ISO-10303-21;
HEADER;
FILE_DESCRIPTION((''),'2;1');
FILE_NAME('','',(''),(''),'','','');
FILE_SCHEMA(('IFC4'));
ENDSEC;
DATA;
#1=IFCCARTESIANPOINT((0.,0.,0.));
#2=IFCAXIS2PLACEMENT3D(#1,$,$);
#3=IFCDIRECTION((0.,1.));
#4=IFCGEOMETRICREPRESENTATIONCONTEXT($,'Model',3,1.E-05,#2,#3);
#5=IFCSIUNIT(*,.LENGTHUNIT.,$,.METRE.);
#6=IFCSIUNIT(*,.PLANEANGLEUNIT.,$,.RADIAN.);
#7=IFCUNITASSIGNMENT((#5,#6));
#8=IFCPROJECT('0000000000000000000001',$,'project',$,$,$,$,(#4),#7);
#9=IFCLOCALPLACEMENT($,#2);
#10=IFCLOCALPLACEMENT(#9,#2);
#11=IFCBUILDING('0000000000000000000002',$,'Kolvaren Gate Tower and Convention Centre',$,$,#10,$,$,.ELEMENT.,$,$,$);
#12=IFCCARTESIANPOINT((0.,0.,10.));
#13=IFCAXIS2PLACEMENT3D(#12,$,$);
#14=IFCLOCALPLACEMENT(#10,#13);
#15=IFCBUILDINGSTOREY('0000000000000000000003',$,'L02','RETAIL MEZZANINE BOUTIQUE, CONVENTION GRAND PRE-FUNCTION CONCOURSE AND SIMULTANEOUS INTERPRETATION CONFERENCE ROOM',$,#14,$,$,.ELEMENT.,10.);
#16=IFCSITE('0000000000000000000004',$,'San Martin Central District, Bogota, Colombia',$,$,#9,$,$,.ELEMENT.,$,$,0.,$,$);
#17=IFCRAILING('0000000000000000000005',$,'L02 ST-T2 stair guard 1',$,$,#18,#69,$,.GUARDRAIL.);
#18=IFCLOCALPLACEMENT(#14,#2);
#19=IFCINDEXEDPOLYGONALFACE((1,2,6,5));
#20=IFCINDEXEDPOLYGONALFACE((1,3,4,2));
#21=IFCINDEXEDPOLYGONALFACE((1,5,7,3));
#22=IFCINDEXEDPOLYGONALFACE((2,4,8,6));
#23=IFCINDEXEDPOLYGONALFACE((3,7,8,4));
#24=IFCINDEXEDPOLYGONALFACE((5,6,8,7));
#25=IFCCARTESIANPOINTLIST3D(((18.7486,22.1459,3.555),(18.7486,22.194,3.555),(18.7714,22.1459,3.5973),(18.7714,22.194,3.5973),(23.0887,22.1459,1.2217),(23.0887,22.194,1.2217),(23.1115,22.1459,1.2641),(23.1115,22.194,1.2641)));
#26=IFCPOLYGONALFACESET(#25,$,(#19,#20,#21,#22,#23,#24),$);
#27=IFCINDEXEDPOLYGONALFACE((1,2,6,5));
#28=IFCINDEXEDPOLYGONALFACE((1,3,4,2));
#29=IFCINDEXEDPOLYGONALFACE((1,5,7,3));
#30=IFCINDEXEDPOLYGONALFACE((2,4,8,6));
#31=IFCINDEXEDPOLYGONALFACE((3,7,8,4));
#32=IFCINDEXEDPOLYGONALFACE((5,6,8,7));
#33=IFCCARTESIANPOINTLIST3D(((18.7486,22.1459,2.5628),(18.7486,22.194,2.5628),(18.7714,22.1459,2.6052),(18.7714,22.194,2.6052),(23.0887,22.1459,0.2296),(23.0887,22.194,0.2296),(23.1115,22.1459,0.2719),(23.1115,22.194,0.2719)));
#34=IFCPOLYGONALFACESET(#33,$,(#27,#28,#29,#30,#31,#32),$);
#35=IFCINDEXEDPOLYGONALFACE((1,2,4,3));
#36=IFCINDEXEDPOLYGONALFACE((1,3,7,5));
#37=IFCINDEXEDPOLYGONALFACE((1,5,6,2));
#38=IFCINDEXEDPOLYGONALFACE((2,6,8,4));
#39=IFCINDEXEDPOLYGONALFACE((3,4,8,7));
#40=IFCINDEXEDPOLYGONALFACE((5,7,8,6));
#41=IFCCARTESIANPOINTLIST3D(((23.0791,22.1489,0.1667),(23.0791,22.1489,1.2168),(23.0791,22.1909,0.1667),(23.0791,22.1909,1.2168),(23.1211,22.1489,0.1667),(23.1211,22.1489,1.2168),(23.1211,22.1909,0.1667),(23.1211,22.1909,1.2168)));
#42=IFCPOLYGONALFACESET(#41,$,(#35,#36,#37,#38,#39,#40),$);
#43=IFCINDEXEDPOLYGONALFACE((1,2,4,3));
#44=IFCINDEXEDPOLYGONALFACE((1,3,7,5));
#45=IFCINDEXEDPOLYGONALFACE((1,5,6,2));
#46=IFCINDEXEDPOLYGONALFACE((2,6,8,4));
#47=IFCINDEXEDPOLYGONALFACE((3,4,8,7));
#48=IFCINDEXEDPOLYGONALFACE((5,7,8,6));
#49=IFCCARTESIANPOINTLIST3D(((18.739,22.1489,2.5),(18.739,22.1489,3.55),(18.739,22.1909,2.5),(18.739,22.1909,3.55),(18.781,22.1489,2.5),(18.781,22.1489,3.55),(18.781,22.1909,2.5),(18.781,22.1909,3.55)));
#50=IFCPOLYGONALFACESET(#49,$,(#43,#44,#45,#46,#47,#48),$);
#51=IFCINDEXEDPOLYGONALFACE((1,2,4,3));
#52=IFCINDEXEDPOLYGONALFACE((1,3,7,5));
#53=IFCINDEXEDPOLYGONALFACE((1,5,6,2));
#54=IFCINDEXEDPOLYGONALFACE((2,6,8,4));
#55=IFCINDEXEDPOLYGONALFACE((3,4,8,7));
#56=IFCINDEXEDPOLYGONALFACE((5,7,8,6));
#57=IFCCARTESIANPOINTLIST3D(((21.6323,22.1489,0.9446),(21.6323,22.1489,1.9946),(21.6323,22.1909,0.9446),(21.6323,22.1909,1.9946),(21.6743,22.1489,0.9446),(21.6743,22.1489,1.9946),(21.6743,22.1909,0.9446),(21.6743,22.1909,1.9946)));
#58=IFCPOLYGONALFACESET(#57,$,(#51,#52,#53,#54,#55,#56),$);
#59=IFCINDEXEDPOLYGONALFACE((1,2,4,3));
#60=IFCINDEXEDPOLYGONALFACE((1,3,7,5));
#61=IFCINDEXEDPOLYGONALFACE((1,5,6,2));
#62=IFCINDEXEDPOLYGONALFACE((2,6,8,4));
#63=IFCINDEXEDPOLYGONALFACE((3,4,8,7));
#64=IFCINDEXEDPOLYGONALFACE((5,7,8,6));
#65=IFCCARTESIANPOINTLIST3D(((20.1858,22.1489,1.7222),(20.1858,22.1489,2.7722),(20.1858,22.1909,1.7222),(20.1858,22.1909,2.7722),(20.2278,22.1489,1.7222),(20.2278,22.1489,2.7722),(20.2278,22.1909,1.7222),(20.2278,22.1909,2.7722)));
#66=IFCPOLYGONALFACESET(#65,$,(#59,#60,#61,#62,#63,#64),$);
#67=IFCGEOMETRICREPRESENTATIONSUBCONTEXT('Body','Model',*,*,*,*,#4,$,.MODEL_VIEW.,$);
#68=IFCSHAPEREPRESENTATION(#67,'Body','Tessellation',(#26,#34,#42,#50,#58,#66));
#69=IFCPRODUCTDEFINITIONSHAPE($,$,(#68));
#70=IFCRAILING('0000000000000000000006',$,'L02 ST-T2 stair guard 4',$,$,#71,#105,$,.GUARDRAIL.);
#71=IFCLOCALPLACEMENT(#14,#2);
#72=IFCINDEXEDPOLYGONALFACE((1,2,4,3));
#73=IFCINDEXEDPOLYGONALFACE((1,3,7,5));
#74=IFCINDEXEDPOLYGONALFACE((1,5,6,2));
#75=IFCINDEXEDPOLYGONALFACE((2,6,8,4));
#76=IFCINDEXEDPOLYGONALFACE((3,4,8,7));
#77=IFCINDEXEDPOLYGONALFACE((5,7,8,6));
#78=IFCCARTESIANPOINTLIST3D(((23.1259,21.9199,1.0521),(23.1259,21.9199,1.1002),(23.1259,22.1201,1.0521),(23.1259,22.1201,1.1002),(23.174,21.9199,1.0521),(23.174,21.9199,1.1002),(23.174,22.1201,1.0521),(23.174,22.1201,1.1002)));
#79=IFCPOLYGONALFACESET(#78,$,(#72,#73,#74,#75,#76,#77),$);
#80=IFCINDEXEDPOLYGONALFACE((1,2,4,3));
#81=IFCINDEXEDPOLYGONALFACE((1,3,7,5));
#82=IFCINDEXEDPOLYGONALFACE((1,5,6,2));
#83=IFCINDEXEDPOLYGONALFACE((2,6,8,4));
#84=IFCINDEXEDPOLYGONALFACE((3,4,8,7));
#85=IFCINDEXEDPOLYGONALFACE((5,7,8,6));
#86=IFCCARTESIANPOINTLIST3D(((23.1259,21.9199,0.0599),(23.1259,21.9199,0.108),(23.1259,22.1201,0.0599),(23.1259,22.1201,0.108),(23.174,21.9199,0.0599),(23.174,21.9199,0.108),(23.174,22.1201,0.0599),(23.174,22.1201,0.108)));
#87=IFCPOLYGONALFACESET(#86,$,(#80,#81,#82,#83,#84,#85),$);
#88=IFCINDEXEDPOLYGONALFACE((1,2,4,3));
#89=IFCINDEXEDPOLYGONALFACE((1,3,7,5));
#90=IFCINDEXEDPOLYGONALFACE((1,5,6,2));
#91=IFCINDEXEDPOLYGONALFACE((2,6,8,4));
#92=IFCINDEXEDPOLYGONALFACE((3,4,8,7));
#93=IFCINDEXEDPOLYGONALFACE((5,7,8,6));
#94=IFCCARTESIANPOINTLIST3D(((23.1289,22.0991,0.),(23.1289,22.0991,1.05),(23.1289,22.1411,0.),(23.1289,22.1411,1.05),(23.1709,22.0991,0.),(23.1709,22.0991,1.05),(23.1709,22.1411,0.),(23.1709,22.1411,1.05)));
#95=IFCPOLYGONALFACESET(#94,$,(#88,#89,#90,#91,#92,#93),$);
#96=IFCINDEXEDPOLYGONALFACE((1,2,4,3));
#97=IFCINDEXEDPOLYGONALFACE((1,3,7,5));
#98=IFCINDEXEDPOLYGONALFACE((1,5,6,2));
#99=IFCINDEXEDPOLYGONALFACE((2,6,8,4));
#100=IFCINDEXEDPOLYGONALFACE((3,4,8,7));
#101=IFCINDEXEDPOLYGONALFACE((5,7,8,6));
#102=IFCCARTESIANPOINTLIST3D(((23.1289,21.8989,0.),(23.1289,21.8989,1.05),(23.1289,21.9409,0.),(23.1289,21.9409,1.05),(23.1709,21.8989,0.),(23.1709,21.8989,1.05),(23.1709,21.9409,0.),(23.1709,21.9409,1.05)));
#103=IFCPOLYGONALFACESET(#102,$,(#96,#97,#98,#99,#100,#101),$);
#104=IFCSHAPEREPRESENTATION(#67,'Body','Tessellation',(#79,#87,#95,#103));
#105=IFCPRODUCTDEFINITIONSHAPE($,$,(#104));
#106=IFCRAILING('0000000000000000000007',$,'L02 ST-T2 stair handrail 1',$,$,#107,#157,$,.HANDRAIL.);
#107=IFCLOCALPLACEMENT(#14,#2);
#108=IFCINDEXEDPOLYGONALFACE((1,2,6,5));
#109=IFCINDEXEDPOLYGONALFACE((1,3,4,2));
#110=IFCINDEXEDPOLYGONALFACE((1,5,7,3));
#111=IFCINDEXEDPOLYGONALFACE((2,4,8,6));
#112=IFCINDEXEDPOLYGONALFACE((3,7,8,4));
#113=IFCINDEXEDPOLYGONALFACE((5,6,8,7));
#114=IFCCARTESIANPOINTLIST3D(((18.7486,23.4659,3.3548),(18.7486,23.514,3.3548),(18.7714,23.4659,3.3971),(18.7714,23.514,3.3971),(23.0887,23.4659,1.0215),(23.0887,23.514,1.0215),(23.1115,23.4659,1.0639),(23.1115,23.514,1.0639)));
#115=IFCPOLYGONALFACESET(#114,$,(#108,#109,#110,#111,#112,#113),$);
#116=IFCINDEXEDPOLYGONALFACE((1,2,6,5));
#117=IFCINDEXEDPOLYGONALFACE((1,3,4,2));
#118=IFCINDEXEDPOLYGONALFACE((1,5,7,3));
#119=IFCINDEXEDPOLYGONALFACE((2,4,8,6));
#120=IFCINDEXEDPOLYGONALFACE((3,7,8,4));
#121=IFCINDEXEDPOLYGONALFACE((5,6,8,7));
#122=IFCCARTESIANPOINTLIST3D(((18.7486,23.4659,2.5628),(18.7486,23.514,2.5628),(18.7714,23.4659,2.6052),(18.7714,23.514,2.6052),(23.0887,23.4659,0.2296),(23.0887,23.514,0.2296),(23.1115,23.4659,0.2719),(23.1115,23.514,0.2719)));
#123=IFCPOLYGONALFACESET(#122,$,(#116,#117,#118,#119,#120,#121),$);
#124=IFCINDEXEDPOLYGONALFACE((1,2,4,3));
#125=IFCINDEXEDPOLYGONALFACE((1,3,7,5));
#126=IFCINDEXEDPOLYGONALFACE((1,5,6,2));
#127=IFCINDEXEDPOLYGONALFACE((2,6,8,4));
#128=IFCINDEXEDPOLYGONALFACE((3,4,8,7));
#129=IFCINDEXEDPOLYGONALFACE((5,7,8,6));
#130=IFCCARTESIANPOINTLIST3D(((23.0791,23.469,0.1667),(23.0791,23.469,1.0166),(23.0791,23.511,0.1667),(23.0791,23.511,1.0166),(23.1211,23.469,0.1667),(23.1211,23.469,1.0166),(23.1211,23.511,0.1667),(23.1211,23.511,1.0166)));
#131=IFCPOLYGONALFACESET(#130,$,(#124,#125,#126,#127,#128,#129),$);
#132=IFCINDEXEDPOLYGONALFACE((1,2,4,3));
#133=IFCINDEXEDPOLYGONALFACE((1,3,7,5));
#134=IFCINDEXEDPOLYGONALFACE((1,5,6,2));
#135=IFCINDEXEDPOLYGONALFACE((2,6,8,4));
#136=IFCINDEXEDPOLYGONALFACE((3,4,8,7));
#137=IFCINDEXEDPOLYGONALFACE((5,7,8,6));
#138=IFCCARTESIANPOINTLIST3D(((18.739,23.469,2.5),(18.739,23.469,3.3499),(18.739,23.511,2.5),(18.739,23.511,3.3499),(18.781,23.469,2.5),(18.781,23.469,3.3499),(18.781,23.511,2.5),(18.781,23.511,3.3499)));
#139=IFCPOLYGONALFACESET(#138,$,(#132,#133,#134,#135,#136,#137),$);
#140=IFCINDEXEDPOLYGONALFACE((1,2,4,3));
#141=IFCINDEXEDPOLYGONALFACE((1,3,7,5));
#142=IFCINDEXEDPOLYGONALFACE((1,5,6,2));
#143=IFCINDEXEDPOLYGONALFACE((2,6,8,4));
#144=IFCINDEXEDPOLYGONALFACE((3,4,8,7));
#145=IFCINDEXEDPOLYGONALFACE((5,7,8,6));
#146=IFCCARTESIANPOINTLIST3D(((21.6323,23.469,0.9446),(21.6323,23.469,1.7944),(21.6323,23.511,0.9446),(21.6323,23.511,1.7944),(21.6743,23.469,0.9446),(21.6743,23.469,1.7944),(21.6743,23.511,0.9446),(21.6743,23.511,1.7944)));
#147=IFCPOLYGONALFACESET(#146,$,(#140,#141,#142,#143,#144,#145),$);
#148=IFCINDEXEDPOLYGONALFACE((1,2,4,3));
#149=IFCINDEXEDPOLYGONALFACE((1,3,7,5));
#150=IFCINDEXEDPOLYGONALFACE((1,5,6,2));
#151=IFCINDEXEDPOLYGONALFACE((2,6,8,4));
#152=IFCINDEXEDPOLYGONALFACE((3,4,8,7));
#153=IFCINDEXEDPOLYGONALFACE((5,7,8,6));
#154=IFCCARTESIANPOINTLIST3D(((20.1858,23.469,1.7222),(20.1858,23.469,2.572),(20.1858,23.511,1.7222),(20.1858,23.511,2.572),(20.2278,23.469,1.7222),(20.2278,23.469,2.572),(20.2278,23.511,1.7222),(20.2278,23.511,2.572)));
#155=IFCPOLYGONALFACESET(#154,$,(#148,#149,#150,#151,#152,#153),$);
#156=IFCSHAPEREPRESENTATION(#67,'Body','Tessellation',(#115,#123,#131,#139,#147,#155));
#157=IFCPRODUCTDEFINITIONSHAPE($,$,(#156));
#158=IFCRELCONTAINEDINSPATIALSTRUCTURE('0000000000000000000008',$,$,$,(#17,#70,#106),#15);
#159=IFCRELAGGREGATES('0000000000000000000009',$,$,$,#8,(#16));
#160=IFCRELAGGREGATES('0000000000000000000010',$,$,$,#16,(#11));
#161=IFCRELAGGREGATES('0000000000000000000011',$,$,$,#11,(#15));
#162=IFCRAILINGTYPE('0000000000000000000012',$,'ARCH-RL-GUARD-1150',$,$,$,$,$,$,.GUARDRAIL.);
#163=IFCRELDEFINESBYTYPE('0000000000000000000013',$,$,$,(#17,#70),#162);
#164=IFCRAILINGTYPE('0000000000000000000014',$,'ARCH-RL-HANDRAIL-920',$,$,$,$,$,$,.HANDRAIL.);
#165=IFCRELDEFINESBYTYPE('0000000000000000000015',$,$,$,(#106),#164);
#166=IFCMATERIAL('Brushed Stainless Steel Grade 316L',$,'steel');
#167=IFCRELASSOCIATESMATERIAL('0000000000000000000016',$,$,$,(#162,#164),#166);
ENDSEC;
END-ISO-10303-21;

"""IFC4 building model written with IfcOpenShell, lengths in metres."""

from ifc_helpers import new_model, si_unit, direction, frame, origin, origin_2d, place, context, subcontext, project, spatial, rectangle, extrude, material, type_object, element, save


model = new_model("IFC4")

# Units and contexts
model_context = context("Model", 3, precision=1e-05, world=origin(), true_north=direction((0.0, 1.0)))
body_context = subcontext(model_context, "Body", "Model", "MODEL_VIEW")
ifc_project = project(units=[si_unit("LENGTHUNIT", "METRE"), si_unit("PLANEANGLEUNIT", "RADIAN")], contexts=[model_context])

# Site, building, storey
site_placement = place(None, origin())
site = spatial("IfcSite", under=ifc_project, at=site_placement, Name="San Martin Central District, Bogota, Colombia", CompositionType="ELEMENT", RefElevation=0.0)
building_placement = place(site_placement, origin())
building = spatial("IfcBuilding", under=site, at=building_placement, Name="Kolvaren Gate Tower and Convention Centre", CompositionType="ELEMENT")
storey_placement = place(building_placement, frame((0.0, 0.0, 10.0)))
storey = spatial("IfcBuildingStorey", under=building, at=storey_placement, Name="L02", Description="RETAIL MEZZANINE BOUTIQUE, CONVENTION GRAND PRE-FUNCTION CONCOURSE AND SIMULTANEOUS INTERPRETATION CONFERENCE ROOM", CompositionType="ELEMENT", Elevation=10.0)

# Shared definitions
ifc_material_1 = material(Name="Brushed Stainless Steel Grade 316L", Category="steel")

# Railings
railing_type_1 = type_object("IfcRailingType", Name="ARCH-RL-GUARD-1150", PredefinedType="GUARDRAIL", material=ifc_material_1)
railing_1_placement = place(storey_placement, frame((23.1001, 22.1699, 0.1667)))
element("IfcRailing", 1, at=railing_1_placement, inside=storey, type_object=railing_type_1, Name="L02 ST-T2 stair guard 1", PredefinedType="GUARDRAIL", context=body_context, shape_type="SweptSolid", body=[
    extrude(rectangle(XDim=0.0481, YDim=0.0481, at=origin_2d()), frame((0.0, 0.0, 1.0762), z_axis=(-0.880786, 0.0, 0.473515), x_axis=(0.0, -1.0, 0.0)), (0.0, 0.0, 1.0), 4.9275),
    extrude(rectangle(XDim=0.0481, YDim=0.0481, at=origin_2d()), frame((0.0, 0.0, 0.084), z_axis=(-0.880786, 0.0, 0.473515), x_axis=(0.0, -1.0, 0.0)), (0.0, 0.0, 1.0), 4.9275),
    extrude(rectangle(XDim=0.042, YDim=0.042, at=origin_2d()), origin(), (0.0, 0.0, 1.0), 1.05),
    extrude(rectangle(XDim=0.042, YDim=0.042, at=origin_2d()), frame((-4.3401, 0.0, 2.3333)), (0.0, 0.0, 1.0), 1.05),
    extrude(rectangle(XDim=0.042, YDim=0.042, at=origin_2d()), frame((-1.4468, 0.0, 0.7778)), (0.0, 0.0, 1.0), 1.05),
    extrude(rectangle(XDim=0.042, YDim=0.042, at=origin_2d()), frame((-2.8933, 0.0, 1.5554)), (0.0, 0.0, 1.0), 1.05),
])
railing_2_placement = place(storey_placement, frame((23.1499, 22.1201, 0.0)))
element("IfcRailing", 2, at=railing_2_placement, inside=storey, type_object=railing_type_1, Name="L02 ST-T2 stair guard 4", PredefinedType="GUARDRAIL", context=body_context, shape_type="SweptSolid", body=[
    extrude(rectangle(XDim=0.0481, YDim=0.0481, at=origin_2d()), frame((0.0, 0.0, 1.0762), z_axis=(0.0, -1.0, 0.0), x_axis=(1.0, 0.0, 0.0)), (0.0, 0.0, 1.0), 0.2002),
    extrude(rectangle(XDim=0.0481, YDim=0.0481, at=origin_2d()), frame((0.0, 0.0, 0.084), z_axis=(0.0, -1.0, 0.0), x_axis=(1.0, 0.0, 0.0)), (0.0, 0.0, 1.0), 0.2002),
    extrude(rectangle(XDim=0.042, YDim=0.042, at=origin_2d()), origin(), (0.0, 0.0, 1.0), 1.05),
    extrude(rectangle(XDim=0.042, YDim=0.042, at=origin_2d()), frame((0.0, -0.2002, 0.0)), (0.0, 0.0, 1.0), 1.05),
])
railing_type_2 = type_object("IfcRailingType", Name="ARCH-RL-HANDRAIL-920", PredefinedType="HANDRAIL", material=ifc_material_1)
railing_3_placement = place(storey_placement, frame((23.1001, 23.49, 0.1667)))
element("IfcRailing", 3, at=railing_3_placement, inside=storey, type_object=railing_type_2, Name="L02 ST-T2 stair handrail 1", PredefinedType="HANDRAIL", context=body_context, shape_type="SweptSolid", body=[
    extrude(rectangle(XDim=0.0481, YDim=0.0481, at=origin_2d()), frame((0.0, 0.0, 0.876), z_axis=(-0.880786, 0.0, 0.473515), x_axis=(0.0, -1.0, 0.0)), (0.0, 0.0, 1.0), 4.9275),
    extrude(rectangle(XDim=0.0481, YDim=0.0481, at=origin_2d()), frame((0.0, 0.0, 0.084), z_axis=(-0.880786, 0.0, 0.473515), x_axis=(0.0, -1.0, 0.0)), (0.0, 0.0, 1.0), 4.9275),
    extrude(rectangle(XDim=0.042, YDim=0.042, at=origin_2d()), origin(), (0.0, 0.0, 1.0), 0.8499),
    extrude(rectangle(XDim=0.042, YDim=0.042, at=origin_2d()), frame((-4.3401, 0.0, 2.3333)), (0.0, 0.0, 1.0), 0.8499),
    extrude(rectangle(XDim=0.042, YDim=0.042, at=origin_2d()), frame((-1.4468, 0.0, 0.7778)), (0.0, 0.0, 1.0), 0.8499),
    extrude(rectangle(XDim=0.042, YDim=0.042, at=origin_2d()), frame((-2.8933, 0.0, 1.5554)), (0.0, 0.0, 1.0), 0.8499),
])

save(model, "model.ifc")
